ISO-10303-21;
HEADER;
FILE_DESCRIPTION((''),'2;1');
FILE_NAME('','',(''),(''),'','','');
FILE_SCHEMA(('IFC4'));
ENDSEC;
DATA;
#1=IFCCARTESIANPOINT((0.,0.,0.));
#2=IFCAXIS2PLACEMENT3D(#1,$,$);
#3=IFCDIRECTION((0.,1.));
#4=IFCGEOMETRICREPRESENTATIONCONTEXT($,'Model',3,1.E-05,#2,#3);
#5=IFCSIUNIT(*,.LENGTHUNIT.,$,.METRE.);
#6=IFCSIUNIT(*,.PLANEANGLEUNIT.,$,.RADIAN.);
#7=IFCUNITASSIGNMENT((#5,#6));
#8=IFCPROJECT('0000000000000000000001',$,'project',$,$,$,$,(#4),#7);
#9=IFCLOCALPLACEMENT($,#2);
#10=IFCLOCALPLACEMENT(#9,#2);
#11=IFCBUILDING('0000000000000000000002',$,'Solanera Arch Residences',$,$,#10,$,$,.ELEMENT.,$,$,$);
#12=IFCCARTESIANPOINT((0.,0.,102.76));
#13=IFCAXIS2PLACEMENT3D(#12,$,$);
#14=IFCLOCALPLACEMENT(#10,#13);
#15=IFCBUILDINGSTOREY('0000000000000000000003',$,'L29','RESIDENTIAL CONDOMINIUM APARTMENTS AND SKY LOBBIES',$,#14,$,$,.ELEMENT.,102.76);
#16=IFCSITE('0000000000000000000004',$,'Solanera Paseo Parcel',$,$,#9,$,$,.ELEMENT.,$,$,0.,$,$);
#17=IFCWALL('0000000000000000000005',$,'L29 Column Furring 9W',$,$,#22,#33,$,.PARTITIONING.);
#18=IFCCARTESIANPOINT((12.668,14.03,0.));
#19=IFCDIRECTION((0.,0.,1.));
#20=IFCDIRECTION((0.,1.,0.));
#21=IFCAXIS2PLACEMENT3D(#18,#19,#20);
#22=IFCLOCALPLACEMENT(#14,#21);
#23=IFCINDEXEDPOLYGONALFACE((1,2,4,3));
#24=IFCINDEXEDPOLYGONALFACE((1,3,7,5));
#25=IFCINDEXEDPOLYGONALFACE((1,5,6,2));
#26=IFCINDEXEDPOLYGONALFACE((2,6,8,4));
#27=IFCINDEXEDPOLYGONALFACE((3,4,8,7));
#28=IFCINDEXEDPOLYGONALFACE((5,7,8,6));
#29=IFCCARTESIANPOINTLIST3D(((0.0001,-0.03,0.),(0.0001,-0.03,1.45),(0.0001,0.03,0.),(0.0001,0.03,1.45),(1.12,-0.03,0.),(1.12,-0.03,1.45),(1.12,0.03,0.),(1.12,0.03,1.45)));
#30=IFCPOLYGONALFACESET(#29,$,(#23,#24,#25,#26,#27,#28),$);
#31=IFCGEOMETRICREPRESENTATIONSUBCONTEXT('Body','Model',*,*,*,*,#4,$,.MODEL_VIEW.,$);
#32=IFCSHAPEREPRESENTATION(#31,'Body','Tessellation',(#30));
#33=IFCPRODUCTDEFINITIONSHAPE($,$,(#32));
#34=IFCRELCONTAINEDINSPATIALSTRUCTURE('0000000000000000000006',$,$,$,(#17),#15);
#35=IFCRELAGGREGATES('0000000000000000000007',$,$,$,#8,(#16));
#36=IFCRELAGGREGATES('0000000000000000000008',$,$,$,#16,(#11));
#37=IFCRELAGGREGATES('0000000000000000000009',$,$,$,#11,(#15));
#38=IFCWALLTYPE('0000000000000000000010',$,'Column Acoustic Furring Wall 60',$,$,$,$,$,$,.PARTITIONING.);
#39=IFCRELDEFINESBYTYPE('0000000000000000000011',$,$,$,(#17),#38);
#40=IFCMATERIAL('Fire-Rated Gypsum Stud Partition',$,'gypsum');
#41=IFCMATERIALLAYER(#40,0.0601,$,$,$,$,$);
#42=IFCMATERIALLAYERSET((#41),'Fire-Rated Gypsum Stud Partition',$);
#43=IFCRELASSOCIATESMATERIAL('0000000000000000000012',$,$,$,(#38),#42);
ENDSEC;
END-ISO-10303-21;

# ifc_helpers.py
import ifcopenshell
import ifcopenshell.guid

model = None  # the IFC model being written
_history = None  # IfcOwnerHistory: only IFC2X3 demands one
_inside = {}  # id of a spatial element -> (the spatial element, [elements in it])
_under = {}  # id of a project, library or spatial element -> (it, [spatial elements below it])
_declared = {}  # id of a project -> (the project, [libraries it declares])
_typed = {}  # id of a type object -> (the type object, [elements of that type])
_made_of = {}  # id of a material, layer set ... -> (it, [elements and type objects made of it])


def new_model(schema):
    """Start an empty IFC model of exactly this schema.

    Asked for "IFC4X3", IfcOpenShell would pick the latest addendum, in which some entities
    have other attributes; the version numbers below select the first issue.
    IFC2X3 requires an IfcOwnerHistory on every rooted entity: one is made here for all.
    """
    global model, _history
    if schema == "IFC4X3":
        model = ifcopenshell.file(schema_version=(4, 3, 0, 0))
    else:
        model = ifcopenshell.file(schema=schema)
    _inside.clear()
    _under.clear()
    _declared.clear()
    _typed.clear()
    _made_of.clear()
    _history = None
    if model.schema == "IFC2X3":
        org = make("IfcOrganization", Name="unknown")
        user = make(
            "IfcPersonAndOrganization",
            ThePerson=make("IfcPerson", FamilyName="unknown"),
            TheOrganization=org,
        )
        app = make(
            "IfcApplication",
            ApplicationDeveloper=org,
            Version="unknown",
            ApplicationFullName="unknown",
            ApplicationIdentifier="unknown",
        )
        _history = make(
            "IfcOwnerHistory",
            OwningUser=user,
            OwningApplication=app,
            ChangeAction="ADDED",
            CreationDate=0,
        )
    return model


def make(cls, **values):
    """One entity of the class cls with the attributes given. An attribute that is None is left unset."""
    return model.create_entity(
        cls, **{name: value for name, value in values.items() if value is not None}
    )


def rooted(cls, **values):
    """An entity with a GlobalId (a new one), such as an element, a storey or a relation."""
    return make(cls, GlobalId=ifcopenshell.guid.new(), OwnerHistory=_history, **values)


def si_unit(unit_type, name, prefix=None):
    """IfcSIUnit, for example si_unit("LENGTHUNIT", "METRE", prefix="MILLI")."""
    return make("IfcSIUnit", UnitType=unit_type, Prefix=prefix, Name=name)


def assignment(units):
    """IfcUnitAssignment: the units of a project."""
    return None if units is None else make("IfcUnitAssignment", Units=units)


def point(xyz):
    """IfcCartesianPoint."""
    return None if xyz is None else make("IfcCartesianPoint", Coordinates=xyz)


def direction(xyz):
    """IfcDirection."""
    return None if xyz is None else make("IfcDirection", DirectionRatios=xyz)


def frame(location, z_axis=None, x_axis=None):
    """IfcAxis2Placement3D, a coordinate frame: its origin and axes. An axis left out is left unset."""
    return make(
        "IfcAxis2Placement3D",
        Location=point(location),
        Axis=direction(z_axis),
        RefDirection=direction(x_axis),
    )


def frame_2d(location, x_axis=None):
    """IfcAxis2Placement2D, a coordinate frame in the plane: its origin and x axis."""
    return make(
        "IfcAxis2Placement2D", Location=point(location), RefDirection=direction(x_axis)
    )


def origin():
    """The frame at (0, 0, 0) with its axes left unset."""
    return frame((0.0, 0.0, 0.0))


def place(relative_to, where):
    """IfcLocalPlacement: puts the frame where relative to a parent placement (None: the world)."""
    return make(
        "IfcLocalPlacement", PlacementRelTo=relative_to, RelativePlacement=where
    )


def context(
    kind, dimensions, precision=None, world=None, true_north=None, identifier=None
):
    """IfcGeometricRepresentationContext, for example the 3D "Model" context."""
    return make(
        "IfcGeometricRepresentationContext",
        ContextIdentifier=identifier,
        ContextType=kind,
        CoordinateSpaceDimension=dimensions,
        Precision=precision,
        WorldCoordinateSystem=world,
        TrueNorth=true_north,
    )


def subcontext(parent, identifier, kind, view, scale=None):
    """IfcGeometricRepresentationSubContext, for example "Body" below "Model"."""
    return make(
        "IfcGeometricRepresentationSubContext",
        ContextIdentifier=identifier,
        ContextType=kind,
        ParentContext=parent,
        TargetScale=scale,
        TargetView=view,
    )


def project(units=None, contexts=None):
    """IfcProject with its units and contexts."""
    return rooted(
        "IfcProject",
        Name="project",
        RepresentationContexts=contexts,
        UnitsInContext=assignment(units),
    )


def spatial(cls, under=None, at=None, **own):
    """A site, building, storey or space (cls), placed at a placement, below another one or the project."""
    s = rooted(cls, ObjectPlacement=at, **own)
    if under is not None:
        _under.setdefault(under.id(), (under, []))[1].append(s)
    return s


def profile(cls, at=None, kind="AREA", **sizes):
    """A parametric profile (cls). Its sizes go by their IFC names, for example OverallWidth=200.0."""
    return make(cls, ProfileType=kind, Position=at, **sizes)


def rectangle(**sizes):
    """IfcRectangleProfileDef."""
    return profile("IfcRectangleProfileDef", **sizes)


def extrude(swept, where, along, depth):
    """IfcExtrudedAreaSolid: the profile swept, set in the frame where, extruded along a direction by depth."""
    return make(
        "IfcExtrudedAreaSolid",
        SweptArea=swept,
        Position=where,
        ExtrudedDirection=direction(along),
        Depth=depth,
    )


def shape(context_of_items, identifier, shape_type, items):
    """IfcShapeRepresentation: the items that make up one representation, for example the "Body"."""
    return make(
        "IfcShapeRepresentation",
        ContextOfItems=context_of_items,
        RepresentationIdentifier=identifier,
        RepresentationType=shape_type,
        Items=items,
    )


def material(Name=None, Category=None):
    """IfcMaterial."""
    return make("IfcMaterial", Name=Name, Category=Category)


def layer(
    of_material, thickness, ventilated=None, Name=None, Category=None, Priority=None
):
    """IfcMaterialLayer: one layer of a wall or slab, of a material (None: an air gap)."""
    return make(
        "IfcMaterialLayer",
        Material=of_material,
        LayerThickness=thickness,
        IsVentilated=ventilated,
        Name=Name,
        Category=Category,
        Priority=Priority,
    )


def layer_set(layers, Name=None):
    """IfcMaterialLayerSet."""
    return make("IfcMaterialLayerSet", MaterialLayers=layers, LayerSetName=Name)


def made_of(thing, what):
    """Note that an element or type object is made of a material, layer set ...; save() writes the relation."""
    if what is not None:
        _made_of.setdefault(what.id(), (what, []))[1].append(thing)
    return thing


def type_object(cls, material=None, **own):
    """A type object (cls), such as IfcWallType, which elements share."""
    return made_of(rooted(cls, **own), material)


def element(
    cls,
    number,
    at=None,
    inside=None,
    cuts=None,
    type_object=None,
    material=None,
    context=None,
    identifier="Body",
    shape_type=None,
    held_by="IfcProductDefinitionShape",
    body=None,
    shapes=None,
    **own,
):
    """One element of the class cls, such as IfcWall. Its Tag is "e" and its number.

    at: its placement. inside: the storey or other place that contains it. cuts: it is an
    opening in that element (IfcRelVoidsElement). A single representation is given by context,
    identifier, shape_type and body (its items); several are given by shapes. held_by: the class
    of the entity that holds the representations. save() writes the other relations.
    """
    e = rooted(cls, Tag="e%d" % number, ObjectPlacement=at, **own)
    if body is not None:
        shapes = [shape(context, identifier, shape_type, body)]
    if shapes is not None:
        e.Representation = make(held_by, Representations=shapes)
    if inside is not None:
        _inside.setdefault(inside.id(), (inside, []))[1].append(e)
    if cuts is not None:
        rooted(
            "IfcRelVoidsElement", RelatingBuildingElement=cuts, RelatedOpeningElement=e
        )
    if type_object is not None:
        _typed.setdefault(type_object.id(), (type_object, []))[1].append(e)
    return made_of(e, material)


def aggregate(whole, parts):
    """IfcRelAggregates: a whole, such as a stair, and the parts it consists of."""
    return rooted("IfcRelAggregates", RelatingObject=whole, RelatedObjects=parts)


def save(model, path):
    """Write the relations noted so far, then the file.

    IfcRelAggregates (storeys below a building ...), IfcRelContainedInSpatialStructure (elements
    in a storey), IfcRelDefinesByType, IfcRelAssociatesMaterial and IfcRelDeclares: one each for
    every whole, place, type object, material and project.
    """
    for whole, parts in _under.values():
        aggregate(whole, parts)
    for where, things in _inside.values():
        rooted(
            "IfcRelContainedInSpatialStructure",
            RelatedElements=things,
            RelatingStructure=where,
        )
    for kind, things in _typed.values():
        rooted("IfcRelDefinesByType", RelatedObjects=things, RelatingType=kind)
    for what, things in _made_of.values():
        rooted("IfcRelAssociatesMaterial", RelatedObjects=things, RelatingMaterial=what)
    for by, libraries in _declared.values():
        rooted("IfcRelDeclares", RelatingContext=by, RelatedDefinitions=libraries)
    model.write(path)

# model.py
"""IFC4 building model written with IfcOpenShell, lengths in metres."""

from ifc_helpers import new_model, si_unit, direction, frame, frame_2d, origin, place, context, subcontext, project, spatial, rectangle, extrude, material, layer, layer_set, type_object, element, save


model = new_model("IFC4")

# Units and contexts
model_context = context("Model", 3, precision=1e-05, world=origin(), true_north=direction((0.0, 1.0)))
body_context = subcontext(model_context, "Body", "Model", "MODEL_VIEW")
ifc_project = project(units=[si_unit("LENGTHUNIT", "METRE"), si_unit("PLANEANGLEUNIT", "RADIAN")], contexts=[model_context])

# Site, building, storey
site_placement = place(None, origin())
site = spatial("IfcSite", under=ifc_project, at=site_placement, Name="Solanera Paseo Parcel", CompositionType="ELEMENT", RefElevation=0.0)
building_placement = place(site_placement, origin())
building = spatial("IfcBuilding", under=site, at=building_placement, Name="Solanera Arch Residences", CompositionType="ELEMENT")
storey_placement = place(building_placement, frame((0.0, 0.0, 102.76)))
storey = spatial("IfcBuildingStorey", under=building, at=storey_placement, Name="L29", Description="RESIDENTIAL CONDOMINIUM APARTMENTS AND SKY LOBBIES", CompositionType="ELEMENT", Elevation=102.76)

# Wall
ifc_material_1 = material(Name="Fire-Rated Gypsum Stud Partition", Category="gypsum")
ifc_layer_1 = layer(ifc_material_1, 0.0601)
ifc_layer_set_1 = layer_set([ifc_layer_1], Name="Fire-Rated Gypsum Stud Partition")
wall_type_1 = type_object("IfcWallType", Name="Column Acoustic Furring Wall 60", PredefinedType="PARTITIONING", material=ifc_layer_set_1)
wall_1_placement = place(storey_placement, frame((12.668, 14.03, 0.0), z_axis=(0.0, 0.0, 1.0), x_axis=(0.0, 1.0, 0.0)))
element("IfcWall", 1, at=wall_1_placement, inside=storey, type_object=wall_type_1, Name="L29 Column Furring 9W", PredefinedType="PARTITIONING", context=body_context, shape_type="SweptSolid", body=[
    extrude(rectangle(XDim=1.1199, YDim=0.0601, at=frame_2d((0.5601, 0.0))), origin(), (0.0, 0.0, 1.0), 1.45),
])

save(model, "model.ifc")
